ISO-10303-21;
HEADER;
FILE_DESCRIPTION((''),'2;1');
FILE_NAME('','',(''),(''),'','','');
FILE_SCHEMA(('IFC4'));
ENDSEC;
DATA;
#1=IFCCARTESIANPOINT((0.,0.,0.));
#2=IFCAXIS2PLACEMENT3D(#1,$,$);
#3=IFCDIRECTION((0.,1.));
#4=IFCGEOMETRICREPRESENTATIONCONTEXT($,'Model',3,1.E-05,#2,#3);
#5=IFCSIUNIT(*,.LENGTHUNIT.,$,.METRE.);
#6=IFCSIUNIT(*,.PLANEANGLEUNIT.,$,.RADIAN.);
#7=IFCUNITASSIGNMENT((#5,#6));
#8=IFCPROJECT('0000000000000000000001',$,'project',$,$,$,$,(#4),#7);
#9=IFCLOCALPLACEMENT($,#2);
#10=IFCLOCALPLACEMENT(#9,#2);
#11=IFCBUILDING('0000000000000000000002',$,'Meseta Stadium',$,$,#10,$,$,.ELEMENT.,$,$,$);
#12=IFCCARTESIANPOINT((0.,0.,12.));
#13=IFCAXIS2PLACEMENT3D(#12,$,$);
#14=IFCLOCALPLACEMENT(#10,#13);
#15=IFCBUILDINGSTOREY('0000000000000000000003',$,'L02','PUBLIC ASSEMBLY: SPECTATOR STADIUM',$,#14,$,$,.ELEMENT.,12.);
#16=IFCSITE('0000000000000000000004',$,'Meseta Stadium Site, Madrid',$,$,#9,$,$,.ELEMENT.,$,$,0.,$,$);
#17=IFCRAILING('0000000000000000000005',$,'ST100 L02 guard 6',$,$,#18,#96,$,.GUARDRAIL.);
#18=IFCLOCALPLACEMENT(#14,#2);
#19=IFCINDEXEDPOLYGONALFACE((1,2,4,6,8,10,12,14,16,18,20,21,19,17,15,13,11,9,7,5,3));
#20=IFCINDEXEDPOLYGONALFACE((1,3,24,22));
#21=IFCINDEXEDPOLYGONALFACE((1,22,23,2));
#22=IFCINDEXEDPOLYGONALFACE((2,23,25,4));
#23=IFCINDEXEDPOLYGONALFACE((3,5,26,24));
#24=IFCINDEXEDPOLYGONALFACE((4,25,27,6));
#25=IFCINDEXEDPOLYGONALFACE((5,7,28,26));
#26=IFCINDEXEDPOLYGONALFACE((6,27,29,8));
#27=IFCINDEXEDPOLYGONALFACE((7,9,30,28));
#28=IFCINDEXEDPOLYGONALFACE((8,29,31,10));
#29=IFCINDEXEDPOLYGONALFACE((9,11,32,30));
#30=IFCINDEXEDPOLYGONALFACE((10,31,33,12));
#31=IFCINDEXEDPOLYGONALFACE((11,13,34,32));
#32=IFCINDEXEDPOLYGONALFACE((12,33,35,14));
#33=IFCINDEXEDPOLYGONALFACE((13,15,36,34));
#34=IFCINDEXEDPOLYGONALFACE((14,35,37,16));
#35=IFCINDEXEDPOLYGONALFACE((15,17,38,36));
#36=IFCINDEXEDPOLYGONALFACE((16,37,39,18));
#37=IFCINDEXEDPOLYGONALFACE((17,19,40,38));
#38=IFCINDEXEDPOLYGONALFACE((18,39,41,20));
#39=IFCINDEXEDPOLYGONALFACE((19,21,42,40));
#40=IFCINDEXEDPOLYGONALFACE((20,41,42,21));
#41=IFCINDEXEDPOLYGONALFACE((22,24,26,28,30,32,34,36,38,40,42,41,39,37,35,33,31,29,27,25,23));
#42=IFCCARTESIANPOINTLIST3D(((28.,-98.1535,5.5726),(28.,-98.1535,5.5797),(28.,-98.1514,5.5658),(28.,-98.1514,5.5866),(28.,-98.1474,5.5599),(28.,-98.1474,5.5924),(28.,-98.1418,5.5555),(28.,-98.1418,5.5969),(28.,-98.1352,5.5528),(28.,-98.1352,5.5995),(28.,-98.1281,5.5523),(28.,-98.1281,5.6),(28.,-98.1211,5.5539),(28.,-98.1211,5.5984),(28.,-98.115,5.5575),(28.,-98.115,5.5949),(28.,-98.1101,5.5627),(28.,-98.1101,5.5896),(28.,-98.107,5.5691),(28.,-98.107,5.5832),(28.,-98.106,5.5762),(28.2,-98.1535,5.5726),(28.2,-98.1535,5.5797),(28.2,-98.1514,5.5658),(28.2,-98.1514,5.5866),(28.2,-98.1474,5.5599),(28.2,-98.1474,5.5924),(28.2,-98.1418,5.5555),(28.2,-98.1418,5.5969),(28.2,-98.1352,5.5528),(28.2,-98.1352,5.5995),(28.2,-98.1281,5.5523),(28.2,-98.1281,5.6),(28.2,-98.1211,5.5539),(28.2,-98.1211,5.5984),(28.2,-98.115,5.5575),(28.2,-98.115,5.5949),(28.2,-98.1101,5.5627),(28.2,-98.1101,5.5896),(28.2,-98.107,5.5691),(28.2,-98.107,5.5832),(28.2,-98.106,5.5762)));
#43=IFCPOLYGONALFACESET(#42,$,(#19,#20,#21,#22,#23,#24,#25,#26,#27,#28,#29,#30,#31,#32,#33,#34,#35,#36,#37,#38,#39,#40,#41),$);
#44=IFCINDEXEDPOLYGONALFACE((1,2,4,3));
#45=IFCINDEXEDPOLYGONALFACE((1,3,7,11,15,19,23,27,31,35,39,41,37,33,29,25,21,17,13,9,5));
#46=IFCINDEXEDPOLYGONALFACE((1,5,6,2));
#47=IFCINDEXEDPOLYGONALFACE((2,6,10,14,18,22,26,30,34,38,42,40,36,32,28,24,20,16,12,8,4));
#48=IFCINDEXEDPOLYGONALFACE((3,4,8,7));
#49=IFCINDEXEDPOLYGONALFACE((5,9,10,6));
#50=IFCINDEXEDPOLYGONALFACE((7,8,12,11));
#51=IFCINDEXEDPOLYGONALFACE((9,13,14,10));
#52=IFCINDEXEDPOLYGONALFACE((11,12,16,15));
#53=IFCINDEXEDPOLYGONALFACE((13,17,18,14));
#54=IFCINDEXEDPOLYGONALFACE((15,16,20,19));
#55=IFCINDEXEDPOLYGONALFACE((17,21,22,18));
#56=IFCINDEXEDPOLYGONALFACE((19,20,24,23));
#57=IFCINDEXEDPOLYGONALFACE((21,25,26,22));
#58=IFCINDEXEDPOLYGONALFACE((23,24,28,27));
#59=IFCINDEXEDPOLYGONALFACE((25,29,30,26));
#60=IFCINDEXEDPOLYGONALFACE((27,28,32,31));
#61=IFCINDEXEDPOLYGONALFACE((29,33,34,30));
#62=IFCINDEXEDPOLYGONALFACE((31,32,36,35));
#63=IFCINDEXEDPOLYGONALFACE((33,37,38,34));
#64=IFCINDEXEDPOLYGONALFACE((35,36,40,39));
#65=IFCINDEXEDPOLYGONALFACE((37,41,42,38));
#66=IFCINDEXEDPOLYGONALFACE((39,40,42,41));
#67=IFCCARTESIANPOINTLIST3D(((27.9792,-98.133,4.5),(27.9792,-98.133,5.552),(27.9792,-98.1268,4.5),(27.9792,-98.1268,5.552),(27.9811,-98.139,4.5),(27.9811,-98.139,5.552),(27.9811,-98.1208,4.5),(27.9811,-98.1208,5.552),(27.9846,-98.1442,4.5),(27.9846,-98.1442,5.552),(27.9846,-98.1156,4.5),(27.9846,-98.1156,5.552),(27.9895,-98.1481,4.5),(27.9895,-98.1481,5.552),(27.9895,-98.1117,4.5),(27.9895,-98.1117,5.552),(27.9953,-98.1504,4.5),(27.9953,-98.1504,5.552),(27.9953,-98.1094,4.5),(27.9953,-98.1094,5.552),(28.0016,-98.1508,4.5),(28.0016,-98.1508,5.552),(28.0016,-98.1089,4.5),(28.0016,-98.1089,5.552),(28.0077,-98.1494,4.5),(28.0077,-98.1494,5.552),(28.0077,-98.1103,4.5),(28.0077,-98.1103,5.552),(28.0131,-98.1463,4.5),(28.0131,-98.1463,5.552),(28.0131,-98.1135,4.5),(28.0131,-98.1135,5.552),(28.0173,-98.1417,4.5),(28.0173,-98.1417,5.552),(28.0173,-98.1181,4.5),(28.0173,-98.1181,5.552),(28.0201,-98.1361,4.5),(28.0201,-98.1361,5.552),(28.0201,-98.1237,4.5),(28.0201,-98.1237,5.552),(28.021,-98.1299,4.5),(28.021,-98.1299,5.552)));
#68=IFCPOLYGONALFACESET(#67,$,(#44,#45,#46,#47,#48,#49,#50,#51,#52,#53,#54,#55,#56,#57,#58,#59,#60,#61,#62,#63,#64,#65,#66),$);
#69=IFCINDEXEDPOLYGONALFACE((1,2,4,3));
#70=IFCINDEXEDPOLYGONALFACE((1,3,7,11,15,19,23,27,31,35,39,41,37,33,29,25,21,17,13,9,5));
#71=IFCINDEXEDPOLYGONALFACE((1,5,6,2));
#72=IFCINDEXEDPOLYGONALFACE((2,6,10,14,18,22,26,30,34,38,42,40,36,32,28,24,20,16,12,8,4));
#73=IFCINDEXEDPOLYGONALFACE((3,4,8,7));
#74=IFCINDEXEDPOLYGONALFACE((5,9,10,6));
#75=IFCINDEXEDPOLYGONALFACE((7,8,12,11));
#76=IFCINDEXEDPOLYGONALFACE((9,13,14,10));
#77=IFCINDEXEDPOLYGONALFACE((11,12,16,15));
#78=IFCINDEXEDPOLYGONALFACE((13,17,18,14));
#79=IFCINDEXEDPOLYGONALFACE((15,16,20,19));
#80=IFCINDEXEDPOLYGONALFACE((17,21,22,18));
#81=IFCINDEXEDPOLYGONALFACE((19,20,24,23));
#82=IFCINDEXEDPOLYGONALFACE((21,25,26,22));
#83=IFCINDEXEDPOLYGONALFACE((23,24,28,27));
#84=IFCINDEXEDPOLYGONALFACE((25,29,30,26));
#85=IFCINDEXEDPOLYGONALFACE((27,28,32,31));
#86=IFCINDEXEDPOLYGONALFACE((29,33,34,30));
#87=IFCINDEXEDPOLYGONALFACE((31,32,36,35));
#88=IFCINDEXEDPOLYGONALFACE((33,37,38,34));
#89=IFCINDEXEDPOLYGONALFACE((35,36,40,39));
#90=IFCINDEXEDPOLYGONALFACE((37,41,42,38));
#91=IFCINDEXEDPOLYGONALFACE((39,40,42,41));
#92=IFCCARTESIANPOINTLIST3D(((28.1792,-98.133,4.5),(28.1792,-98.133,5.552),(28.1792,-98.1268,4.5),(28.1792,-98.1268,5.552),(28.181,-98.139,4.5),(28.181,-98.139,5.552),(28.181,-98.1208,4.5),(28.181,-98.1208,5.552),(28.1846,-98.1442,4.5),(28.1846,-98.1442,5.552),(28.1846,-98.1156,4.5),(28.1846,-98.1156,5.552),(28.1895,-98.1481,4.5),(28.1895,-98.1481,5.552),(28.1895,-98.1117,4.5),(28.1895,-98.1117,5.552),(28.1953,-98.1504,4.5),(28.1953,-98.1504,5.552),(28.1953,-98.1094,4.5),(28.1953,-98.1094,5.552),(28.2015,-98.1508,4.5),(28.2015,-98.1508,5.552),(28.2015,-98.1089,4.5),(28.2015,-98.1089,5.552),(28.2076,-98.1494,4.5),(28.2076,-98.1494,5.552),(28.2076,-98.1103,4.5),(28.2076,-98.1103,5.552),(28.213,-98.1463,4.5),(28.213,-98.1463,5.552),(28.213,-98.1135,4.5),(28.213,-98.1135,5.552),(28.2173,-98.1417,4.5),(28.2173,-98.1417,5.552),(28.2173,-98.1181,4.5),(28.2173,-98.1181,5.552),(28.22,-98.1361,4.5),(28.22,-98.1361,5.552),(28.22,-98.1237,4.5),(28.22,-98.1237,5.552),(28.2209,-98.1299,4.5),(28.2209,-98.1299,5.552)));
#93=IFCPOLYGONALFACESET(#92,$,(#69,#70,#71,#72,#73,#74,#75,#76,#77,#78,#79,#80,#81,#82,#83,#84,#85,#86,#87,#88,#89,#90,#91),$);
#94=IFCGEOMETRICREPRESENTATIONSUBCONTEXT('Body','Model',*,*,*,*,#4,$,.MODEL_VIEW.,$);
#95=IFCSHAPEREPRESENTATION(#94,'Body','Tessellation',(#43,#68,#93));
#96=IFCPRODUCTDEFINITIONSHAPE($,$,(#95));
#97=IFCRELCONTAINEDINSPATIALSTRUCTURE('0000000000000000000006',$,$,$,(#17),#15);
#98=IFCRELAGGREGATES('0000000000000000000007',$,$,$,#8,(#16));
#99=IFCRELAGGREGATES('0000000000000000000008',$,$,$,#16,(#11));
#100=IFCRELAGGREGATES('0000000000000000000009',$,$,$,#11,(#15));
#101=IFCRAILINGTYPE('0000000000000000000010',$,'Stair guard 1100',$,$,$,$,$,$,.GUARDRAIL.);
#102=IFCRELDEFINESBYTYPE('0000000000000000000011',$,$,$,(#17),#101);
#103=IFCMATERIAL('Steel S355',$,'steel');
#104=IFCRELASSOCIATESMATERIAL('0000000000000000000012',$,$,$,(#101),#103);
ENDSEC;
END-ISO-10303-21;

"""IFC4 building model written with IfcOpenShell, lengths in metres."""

from ifc_helpers import new_model, si_unit, direction, frame, origin, origin_2d, place, context, subcontext, project, spatial, circle, extrude, material, type_object, element, save


model = new_model("IFC4")

# Units and contexts
model_context = context("Model", 3, precision=1e-05, world=origin(), true_north=direction((0.0, 1.0)))
body_context = subcontext(model_context, "Body", "Model", "MODEL_VIEW")
ifc_project = project(units=[si_unit("LENGTHUNIT", "METRE"), si_unit("PLANEANGLEUNIT", "RADIAN")], contexts=[model_context])

# Site, building, storey
site_placement = place(None, origin())
site = spatial("IfcSite", under=ifc_project, at=site_placement, Name="Meseta Stadium Site, Madrid", CompositionType="ELEMENT", RefElevation=0.0)
building_placement = place(site_placement, origin())
building = spatial("IfcBuilding", under=site, at=building_placement, Name="Meseta Stadium", CompositionType="ELEMENT")
storey_placement = place(building_placement, frame((0.0, 0.0, 12.0)))
storey = spatial("IfcBuildingStorey", under=building, at=storey_placement, Name="L02", Description="PUBLIC ASSEMBLY: SPECTATOR STADIUM", CompositionType="ELEMENT", Elevation=12.0)

# Railing
ifc_material_1 = material(Name="Steel S355", Category="steel")
railing_type_1 = type_object("IfcRailingType", Name="Stair guard 1100", PredefinedType="GUARDRAIL", material=ifc_material_1)
railing_1_placement = place(storey_placement, frame((28.0, -98.1299, 4.5)))
element("IfcRailing", 1, at=railing_1_placement, inside=storey, type_object=railing_type_1, Name="ST100 L02 guard 6", PredefinedType="GUARDRAIL", context=body_context, shape_type="SweptSolid", body=[
    extrude(circle(Radius=0.0239, at=origin_2d()), frame((0.0, 0.0, 1.0762), z_axis=(1.0, 0.0, 0.0), x_axis=(0.0, 1.0, 0.0)), (0.0, 0.0, 1.0), 0.2),
    extrude(circle(Radius=0.021, at=origin_2d()), origin(), (0.0, 0.0, 1.0), 1.052),
    extrude(circle(Radius=0.021, at=origin_2d()), frame((0.2, 0.0, 0.0)), (0.0, 0.0, 1.0), 1.052),
])

save(model, "model.ifc")
